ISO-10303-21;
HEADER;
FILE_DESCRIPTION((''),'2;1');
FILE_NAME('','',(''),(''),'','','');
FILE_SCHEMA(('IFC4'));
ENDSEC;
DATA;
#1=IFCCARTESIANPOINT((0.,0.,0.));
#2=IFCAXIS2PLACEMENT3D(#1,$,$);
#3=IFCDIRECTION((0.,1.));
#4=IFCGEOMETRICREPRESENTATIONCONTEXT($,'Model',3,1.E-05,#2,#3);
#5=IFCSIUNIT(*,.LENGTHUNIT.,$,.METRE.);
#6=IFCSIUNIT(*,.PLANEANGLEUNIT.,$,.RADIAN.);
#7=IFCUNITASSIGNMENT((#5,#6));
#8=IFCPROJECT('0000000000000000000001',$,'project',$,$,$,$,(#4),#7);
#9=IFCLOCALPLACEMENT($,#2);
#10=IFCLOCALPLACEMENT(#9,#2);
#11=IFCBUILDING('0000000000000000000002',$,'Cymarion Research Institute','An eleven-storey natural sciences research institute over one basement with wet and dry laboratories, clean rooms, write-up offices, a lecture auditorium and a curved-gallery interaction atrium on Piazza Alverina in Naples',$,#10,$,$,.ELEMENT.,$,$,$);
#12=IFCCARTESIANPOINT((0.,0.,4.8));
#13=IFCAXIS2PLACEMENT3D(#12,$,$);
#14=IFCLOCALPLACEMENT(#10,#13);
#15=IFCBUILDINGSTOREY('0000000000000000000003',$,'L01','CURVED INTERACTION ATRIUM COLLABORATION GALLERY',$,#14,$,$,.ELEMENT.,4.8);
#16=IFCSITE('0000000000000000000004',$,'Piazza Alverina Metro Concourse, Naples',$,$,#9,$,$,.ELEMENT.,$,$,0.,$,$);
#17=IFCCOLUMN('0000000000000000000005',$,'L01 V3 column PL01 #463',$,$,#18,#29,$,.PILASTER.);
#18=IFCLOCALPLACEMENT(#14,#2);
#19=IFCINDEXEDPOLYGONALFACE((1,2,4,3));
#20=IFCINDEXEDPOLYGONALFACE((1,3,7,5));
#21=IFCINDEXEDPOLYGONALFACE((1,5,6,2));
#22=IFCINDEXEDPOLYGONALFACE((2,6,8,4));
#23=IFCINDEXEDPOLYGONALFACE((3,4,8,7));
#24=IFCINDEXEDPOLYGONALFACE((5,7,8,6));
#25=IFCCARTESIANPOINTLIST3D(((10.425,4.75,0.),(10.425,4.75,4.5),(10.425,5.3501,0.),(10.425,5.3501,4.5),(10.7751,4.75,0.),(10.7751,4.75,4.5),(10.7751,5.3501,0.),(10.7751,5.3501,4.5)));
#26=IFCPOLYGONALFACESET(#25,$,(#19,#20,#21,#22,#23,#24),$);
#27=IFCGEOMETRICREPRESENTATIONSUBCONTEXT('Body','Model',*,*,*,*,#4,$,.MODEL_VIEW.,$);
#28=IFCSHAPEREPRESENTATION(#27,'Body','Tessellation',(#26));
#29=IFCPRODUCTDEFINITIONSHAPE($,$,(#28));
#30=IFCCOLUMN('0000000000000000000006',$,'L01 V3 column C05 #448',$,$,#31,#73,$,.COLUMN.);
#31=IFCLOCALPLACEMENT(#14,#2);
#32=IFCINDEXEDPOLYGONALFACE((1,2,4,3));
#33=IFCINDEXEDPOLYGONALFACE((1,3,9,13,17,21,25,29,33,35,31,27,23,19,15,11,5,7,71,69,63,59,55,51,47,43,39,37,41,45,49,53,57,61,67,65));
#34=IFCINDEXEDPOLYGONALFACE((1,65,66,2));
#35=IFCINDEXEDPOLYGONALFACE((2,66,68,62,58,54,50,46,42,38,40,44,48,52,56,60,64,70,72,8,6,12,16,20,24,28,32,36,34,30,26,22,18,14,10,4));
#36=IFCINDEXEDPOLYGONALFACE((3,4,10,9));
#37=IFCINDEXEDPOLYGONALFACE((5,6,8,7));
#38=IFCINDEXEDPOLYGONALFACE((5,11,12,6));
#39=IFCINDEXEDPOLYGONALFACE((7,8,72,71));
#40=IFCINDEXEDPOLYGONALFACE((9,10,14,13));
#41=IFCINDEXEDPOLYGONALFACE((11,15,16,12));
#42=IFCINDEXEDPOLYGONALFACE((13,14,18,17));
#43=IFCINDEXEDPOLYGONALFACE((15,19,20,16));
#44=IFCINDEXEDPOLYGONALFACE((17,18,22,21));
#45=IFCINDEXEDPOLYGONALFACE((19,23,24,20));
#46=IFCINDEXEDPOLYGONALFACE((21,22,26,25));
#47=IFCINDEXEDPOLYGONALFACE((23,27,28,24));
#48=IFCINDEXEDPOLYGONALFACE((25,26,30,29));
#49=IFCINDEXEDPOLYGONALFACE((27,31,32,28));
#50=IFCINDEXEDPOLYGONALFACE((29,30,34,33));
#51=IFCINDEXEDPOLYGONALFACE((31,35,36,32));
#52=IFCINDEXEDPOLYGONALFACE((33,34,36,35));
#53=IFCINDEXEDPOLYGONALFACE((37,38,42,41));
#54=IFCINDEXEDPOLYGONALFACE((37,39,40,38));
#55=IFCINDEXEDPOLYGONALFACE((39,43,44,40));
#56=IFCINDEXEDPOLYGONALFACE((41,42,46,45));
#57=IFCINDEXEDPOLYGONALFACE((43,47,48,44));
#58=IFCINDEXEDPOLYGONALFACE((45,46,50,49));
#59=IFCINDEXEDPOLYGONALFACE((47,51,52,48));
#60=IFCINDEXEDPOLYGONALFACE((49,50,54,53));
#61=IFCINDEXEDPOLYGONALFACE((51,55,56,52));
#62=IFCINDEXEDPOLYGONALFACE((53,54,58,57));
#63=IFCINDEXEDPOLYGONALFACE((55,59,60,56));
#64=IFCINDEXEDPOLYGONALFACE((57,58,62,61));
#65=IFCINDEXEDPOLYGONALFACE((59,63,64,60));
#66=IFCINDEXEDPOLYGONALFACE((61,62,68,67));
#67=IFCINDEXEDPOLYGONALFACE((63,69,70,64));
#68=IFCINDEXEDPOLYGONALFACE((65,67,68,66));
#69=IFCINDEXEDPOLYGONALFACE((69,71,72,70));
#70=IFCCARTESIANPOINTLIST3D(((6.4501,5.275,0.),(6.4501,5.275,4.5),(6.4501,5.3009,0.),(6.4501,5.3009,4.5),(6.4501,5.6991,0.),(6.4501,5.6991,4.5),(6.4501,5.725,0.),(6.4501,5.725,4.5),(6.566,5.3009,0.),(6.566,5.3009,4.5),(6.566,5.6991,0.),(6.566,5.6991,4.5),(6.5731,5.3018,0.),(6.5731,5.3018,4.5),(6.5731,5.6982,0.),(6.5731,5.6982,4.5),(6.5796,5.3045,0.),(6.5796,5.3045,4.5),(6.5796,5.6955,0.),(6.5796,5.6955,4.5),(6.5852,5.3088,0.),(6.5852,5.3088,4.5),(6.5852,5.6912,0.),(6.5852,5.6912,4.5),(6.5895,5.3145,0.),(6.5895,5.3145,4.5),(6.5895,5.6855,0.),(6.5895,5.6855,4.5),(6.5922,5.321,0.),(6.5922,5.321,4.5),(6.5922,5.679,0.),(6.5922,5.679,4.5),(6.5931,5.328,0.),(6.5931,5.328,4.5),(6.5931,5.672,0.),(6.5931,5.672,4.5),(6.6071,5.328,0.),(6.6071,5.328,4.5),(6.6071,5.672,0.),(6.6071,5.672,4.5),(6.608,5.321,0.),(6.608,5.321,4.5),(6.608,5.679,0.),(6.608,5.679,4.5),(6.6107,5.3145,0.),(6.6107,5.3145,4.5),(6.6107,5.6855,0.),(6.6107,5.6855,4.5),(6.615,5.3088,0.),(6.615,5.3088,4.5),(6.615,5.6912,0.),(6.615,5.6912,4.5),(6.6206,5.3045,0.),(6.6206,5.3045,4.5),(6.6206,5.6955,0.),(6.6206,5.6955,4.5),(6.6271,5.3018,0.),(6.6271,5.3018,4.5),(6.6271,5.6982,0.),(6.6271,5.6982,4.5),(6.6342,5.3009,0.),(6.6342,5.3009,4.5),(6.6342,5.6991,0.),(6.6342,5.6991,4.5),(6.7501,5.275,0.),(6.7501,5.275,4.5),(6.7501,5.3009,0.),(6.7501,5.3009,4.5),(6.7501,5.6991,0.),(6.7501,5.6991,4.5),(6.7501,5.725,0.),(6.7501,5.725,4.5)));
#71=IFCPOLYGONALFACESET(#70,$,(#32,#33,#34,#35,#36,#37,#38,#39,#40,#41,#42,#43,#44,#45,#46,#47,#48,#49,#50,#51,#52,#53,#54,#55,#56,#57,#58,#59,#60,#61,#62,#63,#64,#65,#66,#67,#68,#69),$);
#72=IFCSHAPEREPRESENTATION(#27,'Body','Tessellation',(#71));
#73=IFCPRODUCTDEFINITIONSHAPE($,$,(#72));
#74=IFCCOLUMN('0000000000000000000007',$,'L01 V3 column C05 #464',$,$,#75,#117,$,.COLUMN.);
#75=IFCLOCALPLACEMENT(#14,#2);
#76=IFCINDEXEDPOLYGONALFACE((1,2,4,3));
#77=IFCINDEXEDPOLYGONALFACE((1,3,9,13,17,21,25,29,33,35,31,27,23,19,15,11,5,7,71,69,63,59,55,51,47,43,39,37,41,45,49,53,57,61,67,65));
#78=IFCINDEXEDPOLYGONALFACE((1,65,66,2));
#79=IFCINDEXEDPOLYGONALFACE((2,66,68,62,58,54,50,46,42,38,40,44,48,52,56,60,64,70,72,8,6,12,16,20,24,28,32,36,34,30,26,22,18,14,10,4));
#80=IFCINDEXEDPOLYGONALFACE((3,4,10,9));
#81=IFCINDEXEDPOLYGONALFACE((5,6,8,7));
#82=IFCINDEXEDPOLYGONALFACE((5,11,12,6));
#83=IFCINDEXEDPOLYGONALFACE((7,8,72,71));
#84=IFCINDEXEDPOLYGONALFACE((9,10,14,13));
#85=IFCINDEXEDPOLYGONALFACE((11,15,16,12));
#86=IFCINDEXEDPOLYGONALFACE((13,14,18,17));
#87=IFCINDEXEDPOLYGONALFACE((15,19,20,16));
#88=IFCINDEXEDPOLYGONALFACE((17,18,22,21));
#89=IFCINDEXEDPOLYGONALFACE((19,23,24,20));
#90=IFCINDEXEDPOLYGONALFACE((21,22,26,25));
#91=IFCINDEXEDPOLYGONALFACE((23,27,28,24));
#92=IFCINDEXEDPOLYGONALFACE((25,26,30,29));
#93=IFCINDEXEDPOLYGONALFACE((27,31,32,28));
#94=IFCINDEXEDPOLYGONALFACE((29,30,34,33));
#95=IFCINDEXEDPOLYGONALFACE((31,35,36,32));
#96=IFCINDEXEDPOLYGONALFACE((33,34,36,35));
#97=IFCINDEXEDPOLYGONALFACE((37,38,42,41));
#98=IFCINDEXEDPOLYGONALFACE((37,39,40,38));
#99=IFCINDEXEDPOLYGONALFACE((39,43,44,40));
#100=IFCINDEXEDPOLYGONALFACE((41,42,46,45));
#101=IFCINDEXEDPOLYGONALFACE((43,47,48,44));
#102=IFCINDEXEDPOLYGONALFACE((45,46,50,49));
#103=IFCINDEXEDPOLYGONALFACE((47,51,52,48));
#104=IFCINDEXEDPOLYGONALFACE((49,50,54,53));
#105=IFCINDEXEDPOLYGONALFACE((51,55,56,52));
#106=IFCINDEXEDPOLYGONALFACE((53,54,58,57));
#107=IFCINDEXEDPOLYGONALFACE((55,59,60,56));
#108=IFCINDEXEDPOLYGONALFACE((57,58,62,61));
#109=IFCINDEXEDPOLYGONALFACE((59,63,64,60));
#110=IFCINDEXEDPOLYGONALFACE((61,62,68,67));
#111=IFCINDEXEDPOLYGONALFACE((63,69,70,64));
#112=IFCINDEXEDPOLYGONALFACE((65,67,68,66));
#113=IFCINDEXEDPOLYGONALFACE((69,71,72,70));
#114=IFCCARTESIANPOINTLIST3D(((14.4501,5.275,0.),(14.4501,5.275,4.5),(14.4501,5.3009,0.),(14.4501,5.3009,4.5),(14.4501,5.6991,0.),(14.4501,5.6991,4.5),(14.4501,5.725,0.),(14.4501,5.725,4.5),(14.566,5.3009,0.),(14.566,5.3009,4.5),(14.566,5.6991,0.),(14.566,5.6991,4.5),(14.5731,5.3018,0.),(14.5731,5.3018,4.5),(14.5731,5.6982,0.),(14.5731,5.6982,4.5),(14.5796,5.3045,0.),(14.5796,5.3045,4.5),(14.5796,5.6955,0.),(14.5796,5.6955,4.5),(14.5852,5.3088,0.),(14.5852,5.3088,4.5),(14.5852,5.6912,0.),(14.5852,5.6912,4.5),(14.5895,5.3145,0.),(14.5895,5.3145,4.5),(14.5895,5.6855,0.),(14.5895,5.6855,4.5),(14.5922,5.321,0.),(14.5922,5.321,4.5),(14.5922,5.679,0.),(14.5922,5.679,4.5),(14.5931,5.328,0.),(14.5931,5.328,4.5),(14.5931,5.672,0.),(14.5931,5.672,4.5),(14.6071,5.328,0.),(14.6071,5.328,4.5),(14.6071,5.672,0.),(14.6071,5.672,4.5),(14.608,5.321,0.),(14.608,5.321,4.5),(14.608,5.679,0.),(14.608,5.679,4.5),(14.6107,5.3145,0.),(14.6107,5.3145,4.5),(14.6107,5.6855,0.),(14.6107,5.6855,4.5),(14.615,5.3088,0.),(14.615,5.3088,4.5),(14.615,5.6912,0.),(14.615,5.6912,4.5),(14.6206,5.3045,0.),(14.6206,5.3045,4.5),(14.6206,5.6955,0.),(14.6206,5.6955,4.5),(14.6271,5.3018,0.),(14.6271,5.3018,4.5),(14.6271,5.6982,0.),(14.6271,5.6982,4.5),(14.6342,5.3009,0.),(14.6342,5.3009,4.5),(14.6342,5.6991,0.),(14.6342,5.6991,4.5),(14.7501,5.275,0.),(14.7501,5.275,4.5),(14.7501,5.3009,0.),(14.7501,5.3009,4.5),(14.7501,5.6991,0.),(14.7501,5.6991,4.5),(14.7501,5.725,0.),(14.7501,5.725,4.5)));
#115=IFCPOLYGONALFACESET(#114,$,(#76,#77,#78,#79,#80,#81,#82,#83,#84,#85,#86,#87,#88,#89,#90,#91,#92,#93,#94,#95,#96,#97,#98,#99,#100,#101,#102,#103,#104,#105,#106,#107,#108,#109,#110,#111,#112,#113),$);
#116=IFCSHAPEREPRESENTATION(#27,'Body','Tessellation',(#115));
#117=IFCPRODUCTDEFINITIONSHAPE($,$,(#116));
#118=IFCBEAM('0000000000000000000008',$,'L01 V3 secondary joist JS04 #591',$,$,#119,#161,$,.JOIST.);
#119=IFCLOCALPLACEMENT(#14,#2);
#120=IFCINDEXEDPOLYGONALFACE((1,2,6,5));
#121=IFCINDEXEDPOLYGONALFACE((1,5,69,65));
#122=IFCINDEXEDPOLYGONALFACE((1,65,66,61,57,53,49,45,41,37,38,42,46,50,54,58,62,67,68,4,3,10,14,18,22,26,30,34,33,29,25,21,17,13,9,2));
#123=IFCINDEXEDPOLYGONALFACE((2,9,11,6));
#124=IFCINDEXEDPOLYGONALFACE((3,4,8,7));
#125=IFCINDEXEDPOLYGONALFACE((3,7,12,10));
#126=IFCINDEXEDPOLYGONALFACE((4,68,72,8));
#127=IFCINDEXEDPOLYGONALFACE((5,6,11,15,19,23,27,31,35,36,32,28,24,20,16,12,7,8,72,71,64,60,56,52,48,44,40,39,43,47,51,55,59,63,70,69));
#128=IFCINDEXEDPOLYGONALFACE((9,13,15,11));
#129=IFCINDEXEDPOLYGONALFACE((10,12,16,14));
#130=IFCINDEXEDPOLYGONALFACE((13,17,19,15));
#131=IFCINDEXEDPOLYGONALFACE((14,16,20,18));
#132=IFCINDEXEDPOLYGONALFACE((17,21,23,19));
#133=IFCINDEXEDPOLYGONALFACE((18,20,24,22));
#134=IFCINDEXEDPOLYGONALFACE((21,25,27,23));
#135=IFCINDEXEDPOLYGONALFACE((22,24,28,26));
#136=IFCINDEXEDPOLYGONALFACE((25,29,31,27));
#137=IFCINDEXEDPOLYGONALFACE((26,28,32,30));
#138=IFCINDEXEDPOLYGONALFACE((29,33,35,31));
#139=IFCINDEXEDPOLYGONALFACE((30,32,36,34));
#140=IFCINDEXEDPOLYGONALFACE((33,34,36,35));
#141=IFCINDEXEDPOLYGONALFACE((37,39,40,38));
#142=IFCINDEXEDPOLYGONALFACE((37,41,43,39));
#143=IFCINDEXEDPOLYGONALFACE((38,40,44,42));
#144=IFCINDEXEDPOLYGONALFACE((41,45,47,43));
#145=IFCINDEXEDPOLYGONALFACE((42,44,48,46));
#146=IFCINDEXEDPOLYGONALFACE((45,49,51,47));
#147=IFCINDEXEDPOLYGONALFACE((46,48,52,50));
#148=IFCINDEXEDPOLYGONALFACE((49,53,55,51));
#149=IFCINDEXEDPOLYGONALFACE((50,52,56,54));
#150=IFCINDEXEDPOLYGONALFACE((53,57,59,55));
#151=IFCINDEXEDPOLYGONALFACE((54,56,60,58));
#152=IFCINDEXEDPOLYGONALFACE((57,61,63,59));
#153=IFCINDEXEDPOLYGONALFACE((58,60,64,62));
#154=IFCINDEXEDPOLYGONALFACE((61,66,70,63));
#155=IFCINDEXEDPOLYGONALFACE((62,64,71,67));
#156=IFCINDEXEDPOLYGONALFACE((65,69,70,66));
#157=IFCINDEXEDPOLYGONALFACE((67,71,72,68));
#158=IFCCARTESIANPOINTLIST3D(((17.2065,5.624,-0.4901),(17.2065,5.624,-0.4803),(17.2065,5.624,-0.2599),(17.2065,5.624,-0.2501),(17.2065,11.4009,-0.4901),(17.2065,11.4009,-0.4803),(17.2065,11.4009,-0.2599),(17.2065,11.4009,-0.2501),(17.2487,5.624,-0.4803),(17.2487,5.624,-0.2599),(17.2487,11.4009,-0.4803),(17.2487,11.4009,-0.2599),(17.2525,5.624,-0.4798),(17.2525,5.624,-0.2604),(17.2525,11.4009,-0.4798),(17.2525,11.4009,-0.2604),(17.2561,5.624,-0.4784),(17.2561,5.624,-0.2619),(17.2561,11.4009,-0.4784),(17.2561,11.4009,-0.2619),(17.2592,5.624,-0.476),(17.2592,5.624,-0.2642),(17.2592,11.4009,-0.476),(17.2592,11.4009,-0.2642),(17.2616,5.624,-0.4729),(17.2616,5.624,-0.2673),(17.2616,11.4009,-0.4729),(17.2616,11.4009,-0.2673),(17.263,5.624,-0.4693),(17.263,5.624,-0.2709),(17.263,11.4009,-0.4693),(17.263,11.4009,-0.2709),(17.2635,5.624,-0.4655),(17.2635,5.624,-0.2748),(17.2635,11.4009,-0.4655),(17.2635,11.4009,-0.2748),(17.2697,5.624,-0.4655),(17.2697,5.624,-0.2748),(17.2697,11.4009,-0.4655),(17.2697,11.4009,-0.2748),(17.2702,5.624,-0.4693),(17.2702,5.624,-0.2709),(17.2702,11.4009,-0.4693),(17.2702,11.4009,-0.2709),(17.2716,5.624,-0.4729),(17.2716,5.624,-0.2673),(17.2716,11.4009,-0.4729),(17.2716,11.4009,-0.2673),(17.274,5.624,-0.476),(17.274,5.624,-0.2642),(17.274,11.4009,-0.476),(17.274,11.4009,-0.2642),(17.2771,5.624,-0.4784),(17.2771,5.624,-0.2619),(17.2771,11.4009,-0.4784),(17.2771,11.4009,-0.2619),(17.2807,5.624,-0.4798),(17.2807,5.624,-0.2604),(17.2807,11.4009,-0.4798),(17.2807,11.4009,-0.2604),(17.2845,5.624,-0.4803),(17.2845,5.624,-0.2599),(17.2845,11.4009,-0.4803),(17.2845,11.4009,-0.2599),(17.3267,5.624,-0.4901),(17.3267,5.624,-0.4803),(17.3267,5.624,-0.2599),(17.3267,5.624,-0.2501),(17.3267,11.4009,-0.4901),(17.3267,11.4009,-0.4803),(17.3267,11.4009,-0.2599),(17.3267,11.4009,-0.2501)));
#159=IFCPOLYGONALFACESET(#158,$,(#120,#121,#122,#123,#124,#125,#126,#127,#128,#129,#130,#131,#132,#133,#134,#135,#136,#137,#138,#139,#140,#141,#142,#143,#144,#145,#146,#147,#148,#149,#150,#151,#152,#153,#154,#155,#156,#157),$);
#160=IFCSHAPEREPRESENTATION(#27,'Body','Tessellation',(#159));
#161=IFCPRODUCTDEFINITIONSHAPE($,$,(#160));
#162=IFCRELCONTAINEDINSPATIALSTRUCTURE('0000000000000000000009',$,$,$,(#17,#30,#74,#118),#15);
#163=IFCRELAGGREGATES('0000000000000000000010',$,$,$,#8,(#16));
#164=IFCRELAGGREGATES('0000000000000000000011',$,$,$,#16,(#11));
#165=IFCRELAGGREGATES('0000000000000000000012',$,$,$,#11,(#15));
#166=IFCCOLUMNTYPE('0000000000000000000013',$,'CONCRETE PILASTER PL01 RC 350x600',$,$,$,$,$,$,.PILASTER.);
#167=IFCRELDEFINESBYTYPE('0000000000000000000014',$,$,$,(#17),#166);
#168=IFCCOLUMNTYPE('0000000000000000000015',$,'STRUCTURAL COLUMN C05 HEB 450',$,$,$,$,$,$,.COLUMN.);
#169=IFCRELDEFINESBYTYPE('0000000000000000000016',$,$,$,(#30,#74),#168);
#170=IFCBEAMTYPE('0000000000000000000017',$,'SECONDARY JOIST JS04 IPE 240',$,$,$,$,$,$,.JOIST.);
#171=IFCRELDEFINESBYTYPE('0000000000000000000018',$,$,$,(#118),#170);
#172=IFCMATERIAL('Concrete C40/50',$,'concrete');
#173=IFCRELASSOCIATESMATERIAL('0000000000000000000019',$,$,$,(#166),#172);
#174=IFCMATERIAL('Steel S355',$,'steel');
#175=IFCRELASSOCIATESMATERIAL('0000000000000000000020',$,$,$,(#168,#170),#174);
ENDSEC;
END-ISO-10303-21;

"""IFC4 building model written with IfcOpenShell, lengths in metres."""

from ifc_helpers import new_model, si_unit, direction, frame, origin, origin_2d, place, context, subcontext, project, spatial, rectangle, i_section, extrude, material, material_profile, profile_set, type_object, element, save


model = new_model("IFC4")

# Units and contexts
model_context = context("Model", 3, precision=1e-05, world=origin(), true_north=direction((0.0, 1.0)))
body_context = subcontext(model_context, "Body", "Model", "MODEL_VIEW")
ifc_project = project(units=[si_unit("LENGTHUNIT", "METRE"), si_unit("PLANEANGLEUNIT", "RADIAN")], contexts=[model_context])

# Site, building, storey
site_placement = place(None, origin())
site = spatial("IfcSite", under=ifc_project, at=site_placement, Name="Piazza Alverina Metro Concourse, Naples", CompositionType="ELEMENT", RefElevation=0.0)
building_placement = place(site_placement, origin())
building = spatial("IfcBuilding", under=site, at=building_placement, Name="Cymarion Research Institute", Description="An eleven-storey natural sciences research institute over one basement with wet and dry laboratories, clean rooms, write-up offices, a lecture auditorium and a curved-gallery interaction atrium on Piazza Alverina in Naples", CompositionType="ELEMENT")
storey_placement = place(building_placement, frame((0.0, 0.0, 4.8)))
storey = spatial("IfcBuildingStorey", under=building, at=storey_placement, Name="L01", Description="CURVED INTERACTION ATRIUM COLLABORATION GALLERY", CompositionType="ELEMENT", Elevation=4.8)

# Columns
ifc_material_1 = material(Name="Concrete C40/50", Category="concrete")
ifc_material_profile_1 = material_profile(ifc_material_1, rectangle(XDim=0.3501, YDim=0.6001, at=origin_2d()), Name="RC 350x600")
ifc_profile_set_1 = profile_set([ifc_material_profile_1], Name="Concrete C40/50")
column_type_1 = type_object("IfcColumnType", Name="CONCRETE PILASTER PL01 RC 350x600", PredefinedType="PILASTER", material=ifc_profile_set_1)
column_placement = place(storey_placement, frame((10.6001, 5.05, 0.0), z_axis=(0.0, 0.0, 1.0), x_axis=(1.0, 0.0, 0.0)))
element("IfcColumn", 1, at=column_placement, inside=storey, type_object=column_type_1, Name="L01 V3 column PL01 #463", PredefinedType="PILASTER", context=body_context, shape_type="SweptSolid", body=[
    extrude(rectangle(XDim=0.3501, YDim=0.6001, at=origin_2d()), origin(), (0.0, 0.0, 1.0), 4.5),
])
ifc_material_2 = material(Name="Steel S355", Category="steel")
ifc_material_profile_2 = material_profile(ifc_material_2, i_section(OverallWidth=0.3, OverallDepth=0.45, WebThickness=0.0139, FlangeThickness=0.0259, FilletRadius=0.0271, at=origin_2d()), Name="HEB 450")
ifc_profile_set_2 = profile_set([ifc_material_profile_2], Name="Steel S355")
column_type_2 = type_object("IfcColumnType", Name="STRUCTURAL COLUMN C05 HEB 450", PredefinedType="COLUMN", material=ifc_profile_set_2)
for number, where, z_axis, x_axis, name in (
    (2, (6.6001, 5.5, 0.0), (0.0, 0.0, 1.0), (1.0, 0.0, 0.0), "L01 V3 column C05 #448"),
    (3, (14.6001, 5.5, 0.0), (0.0, 0.0, 1.0), (1.0, 0.0, 0.0), "L01 V3 column C05 #464"),
):
    element("IfcColumn", number, at=place(storey_placement, frame(where, z_axis=z_axis, x_axis=x_axis)), inside=storey, type_object=column_type_2, Name=name, PredefinedType="COLUMN", context=body_context, shape_type="SweptSolid", body=[
        extrude(i_section(OverallWidth=0.3, OverallDepth=0.45, WebThickness=0.0139, FlangeThickness=0.0259, FilletRadius=0.0271, at=origin_2d()), origin(), (0.0, 0.0, 1.0), 4.5),
    ])

# Beam
ifc_material_profile_3 = material_profile(ifc_material_2, i_section(OverallWidth=0.1201, OverallDepth=0.24, WebThickness=0.0061, FlangeThickness=0.0098, FilletRadius=0.0149, at=origin_2d()), Name="IPE 240")
ifc_profile_set_3 = profile_set([ifc_material_profile_3], Name="Steel S355")
beam_type_1 = type_object("IfcBeamType", Name="SECONDARY JOIST JS04 IPE 240", PredefinedType="JOIST", material=ifc_profile_set_3)
beam_1_placement = place(storey_placement, frame((17.2666, 5.624, -0.3701), z_axis=(0.0, 1.0, 0.0), x_axis=(-1.0, 0.0, 0.0)))
element("IfcBeam", 4, at=beam_1_placement, inside=storey, type_object=beam_type_1, Name="L01 V3 secondary joist JS04 #591", PredefinedType="JOIST", context=body_context, shape_type="SweptSolid", body=[
    extrude(i_section(OverallWidth=0.1201, OverallDepth=0.24, WebThickness=0.0061, FlangeThickness=0.0098, FilletRadius=0.0149, at=origin_2d()), origin(), (0.0, 0.0, 1.0), 5.7769),
])

save(model, "model.ifc")
